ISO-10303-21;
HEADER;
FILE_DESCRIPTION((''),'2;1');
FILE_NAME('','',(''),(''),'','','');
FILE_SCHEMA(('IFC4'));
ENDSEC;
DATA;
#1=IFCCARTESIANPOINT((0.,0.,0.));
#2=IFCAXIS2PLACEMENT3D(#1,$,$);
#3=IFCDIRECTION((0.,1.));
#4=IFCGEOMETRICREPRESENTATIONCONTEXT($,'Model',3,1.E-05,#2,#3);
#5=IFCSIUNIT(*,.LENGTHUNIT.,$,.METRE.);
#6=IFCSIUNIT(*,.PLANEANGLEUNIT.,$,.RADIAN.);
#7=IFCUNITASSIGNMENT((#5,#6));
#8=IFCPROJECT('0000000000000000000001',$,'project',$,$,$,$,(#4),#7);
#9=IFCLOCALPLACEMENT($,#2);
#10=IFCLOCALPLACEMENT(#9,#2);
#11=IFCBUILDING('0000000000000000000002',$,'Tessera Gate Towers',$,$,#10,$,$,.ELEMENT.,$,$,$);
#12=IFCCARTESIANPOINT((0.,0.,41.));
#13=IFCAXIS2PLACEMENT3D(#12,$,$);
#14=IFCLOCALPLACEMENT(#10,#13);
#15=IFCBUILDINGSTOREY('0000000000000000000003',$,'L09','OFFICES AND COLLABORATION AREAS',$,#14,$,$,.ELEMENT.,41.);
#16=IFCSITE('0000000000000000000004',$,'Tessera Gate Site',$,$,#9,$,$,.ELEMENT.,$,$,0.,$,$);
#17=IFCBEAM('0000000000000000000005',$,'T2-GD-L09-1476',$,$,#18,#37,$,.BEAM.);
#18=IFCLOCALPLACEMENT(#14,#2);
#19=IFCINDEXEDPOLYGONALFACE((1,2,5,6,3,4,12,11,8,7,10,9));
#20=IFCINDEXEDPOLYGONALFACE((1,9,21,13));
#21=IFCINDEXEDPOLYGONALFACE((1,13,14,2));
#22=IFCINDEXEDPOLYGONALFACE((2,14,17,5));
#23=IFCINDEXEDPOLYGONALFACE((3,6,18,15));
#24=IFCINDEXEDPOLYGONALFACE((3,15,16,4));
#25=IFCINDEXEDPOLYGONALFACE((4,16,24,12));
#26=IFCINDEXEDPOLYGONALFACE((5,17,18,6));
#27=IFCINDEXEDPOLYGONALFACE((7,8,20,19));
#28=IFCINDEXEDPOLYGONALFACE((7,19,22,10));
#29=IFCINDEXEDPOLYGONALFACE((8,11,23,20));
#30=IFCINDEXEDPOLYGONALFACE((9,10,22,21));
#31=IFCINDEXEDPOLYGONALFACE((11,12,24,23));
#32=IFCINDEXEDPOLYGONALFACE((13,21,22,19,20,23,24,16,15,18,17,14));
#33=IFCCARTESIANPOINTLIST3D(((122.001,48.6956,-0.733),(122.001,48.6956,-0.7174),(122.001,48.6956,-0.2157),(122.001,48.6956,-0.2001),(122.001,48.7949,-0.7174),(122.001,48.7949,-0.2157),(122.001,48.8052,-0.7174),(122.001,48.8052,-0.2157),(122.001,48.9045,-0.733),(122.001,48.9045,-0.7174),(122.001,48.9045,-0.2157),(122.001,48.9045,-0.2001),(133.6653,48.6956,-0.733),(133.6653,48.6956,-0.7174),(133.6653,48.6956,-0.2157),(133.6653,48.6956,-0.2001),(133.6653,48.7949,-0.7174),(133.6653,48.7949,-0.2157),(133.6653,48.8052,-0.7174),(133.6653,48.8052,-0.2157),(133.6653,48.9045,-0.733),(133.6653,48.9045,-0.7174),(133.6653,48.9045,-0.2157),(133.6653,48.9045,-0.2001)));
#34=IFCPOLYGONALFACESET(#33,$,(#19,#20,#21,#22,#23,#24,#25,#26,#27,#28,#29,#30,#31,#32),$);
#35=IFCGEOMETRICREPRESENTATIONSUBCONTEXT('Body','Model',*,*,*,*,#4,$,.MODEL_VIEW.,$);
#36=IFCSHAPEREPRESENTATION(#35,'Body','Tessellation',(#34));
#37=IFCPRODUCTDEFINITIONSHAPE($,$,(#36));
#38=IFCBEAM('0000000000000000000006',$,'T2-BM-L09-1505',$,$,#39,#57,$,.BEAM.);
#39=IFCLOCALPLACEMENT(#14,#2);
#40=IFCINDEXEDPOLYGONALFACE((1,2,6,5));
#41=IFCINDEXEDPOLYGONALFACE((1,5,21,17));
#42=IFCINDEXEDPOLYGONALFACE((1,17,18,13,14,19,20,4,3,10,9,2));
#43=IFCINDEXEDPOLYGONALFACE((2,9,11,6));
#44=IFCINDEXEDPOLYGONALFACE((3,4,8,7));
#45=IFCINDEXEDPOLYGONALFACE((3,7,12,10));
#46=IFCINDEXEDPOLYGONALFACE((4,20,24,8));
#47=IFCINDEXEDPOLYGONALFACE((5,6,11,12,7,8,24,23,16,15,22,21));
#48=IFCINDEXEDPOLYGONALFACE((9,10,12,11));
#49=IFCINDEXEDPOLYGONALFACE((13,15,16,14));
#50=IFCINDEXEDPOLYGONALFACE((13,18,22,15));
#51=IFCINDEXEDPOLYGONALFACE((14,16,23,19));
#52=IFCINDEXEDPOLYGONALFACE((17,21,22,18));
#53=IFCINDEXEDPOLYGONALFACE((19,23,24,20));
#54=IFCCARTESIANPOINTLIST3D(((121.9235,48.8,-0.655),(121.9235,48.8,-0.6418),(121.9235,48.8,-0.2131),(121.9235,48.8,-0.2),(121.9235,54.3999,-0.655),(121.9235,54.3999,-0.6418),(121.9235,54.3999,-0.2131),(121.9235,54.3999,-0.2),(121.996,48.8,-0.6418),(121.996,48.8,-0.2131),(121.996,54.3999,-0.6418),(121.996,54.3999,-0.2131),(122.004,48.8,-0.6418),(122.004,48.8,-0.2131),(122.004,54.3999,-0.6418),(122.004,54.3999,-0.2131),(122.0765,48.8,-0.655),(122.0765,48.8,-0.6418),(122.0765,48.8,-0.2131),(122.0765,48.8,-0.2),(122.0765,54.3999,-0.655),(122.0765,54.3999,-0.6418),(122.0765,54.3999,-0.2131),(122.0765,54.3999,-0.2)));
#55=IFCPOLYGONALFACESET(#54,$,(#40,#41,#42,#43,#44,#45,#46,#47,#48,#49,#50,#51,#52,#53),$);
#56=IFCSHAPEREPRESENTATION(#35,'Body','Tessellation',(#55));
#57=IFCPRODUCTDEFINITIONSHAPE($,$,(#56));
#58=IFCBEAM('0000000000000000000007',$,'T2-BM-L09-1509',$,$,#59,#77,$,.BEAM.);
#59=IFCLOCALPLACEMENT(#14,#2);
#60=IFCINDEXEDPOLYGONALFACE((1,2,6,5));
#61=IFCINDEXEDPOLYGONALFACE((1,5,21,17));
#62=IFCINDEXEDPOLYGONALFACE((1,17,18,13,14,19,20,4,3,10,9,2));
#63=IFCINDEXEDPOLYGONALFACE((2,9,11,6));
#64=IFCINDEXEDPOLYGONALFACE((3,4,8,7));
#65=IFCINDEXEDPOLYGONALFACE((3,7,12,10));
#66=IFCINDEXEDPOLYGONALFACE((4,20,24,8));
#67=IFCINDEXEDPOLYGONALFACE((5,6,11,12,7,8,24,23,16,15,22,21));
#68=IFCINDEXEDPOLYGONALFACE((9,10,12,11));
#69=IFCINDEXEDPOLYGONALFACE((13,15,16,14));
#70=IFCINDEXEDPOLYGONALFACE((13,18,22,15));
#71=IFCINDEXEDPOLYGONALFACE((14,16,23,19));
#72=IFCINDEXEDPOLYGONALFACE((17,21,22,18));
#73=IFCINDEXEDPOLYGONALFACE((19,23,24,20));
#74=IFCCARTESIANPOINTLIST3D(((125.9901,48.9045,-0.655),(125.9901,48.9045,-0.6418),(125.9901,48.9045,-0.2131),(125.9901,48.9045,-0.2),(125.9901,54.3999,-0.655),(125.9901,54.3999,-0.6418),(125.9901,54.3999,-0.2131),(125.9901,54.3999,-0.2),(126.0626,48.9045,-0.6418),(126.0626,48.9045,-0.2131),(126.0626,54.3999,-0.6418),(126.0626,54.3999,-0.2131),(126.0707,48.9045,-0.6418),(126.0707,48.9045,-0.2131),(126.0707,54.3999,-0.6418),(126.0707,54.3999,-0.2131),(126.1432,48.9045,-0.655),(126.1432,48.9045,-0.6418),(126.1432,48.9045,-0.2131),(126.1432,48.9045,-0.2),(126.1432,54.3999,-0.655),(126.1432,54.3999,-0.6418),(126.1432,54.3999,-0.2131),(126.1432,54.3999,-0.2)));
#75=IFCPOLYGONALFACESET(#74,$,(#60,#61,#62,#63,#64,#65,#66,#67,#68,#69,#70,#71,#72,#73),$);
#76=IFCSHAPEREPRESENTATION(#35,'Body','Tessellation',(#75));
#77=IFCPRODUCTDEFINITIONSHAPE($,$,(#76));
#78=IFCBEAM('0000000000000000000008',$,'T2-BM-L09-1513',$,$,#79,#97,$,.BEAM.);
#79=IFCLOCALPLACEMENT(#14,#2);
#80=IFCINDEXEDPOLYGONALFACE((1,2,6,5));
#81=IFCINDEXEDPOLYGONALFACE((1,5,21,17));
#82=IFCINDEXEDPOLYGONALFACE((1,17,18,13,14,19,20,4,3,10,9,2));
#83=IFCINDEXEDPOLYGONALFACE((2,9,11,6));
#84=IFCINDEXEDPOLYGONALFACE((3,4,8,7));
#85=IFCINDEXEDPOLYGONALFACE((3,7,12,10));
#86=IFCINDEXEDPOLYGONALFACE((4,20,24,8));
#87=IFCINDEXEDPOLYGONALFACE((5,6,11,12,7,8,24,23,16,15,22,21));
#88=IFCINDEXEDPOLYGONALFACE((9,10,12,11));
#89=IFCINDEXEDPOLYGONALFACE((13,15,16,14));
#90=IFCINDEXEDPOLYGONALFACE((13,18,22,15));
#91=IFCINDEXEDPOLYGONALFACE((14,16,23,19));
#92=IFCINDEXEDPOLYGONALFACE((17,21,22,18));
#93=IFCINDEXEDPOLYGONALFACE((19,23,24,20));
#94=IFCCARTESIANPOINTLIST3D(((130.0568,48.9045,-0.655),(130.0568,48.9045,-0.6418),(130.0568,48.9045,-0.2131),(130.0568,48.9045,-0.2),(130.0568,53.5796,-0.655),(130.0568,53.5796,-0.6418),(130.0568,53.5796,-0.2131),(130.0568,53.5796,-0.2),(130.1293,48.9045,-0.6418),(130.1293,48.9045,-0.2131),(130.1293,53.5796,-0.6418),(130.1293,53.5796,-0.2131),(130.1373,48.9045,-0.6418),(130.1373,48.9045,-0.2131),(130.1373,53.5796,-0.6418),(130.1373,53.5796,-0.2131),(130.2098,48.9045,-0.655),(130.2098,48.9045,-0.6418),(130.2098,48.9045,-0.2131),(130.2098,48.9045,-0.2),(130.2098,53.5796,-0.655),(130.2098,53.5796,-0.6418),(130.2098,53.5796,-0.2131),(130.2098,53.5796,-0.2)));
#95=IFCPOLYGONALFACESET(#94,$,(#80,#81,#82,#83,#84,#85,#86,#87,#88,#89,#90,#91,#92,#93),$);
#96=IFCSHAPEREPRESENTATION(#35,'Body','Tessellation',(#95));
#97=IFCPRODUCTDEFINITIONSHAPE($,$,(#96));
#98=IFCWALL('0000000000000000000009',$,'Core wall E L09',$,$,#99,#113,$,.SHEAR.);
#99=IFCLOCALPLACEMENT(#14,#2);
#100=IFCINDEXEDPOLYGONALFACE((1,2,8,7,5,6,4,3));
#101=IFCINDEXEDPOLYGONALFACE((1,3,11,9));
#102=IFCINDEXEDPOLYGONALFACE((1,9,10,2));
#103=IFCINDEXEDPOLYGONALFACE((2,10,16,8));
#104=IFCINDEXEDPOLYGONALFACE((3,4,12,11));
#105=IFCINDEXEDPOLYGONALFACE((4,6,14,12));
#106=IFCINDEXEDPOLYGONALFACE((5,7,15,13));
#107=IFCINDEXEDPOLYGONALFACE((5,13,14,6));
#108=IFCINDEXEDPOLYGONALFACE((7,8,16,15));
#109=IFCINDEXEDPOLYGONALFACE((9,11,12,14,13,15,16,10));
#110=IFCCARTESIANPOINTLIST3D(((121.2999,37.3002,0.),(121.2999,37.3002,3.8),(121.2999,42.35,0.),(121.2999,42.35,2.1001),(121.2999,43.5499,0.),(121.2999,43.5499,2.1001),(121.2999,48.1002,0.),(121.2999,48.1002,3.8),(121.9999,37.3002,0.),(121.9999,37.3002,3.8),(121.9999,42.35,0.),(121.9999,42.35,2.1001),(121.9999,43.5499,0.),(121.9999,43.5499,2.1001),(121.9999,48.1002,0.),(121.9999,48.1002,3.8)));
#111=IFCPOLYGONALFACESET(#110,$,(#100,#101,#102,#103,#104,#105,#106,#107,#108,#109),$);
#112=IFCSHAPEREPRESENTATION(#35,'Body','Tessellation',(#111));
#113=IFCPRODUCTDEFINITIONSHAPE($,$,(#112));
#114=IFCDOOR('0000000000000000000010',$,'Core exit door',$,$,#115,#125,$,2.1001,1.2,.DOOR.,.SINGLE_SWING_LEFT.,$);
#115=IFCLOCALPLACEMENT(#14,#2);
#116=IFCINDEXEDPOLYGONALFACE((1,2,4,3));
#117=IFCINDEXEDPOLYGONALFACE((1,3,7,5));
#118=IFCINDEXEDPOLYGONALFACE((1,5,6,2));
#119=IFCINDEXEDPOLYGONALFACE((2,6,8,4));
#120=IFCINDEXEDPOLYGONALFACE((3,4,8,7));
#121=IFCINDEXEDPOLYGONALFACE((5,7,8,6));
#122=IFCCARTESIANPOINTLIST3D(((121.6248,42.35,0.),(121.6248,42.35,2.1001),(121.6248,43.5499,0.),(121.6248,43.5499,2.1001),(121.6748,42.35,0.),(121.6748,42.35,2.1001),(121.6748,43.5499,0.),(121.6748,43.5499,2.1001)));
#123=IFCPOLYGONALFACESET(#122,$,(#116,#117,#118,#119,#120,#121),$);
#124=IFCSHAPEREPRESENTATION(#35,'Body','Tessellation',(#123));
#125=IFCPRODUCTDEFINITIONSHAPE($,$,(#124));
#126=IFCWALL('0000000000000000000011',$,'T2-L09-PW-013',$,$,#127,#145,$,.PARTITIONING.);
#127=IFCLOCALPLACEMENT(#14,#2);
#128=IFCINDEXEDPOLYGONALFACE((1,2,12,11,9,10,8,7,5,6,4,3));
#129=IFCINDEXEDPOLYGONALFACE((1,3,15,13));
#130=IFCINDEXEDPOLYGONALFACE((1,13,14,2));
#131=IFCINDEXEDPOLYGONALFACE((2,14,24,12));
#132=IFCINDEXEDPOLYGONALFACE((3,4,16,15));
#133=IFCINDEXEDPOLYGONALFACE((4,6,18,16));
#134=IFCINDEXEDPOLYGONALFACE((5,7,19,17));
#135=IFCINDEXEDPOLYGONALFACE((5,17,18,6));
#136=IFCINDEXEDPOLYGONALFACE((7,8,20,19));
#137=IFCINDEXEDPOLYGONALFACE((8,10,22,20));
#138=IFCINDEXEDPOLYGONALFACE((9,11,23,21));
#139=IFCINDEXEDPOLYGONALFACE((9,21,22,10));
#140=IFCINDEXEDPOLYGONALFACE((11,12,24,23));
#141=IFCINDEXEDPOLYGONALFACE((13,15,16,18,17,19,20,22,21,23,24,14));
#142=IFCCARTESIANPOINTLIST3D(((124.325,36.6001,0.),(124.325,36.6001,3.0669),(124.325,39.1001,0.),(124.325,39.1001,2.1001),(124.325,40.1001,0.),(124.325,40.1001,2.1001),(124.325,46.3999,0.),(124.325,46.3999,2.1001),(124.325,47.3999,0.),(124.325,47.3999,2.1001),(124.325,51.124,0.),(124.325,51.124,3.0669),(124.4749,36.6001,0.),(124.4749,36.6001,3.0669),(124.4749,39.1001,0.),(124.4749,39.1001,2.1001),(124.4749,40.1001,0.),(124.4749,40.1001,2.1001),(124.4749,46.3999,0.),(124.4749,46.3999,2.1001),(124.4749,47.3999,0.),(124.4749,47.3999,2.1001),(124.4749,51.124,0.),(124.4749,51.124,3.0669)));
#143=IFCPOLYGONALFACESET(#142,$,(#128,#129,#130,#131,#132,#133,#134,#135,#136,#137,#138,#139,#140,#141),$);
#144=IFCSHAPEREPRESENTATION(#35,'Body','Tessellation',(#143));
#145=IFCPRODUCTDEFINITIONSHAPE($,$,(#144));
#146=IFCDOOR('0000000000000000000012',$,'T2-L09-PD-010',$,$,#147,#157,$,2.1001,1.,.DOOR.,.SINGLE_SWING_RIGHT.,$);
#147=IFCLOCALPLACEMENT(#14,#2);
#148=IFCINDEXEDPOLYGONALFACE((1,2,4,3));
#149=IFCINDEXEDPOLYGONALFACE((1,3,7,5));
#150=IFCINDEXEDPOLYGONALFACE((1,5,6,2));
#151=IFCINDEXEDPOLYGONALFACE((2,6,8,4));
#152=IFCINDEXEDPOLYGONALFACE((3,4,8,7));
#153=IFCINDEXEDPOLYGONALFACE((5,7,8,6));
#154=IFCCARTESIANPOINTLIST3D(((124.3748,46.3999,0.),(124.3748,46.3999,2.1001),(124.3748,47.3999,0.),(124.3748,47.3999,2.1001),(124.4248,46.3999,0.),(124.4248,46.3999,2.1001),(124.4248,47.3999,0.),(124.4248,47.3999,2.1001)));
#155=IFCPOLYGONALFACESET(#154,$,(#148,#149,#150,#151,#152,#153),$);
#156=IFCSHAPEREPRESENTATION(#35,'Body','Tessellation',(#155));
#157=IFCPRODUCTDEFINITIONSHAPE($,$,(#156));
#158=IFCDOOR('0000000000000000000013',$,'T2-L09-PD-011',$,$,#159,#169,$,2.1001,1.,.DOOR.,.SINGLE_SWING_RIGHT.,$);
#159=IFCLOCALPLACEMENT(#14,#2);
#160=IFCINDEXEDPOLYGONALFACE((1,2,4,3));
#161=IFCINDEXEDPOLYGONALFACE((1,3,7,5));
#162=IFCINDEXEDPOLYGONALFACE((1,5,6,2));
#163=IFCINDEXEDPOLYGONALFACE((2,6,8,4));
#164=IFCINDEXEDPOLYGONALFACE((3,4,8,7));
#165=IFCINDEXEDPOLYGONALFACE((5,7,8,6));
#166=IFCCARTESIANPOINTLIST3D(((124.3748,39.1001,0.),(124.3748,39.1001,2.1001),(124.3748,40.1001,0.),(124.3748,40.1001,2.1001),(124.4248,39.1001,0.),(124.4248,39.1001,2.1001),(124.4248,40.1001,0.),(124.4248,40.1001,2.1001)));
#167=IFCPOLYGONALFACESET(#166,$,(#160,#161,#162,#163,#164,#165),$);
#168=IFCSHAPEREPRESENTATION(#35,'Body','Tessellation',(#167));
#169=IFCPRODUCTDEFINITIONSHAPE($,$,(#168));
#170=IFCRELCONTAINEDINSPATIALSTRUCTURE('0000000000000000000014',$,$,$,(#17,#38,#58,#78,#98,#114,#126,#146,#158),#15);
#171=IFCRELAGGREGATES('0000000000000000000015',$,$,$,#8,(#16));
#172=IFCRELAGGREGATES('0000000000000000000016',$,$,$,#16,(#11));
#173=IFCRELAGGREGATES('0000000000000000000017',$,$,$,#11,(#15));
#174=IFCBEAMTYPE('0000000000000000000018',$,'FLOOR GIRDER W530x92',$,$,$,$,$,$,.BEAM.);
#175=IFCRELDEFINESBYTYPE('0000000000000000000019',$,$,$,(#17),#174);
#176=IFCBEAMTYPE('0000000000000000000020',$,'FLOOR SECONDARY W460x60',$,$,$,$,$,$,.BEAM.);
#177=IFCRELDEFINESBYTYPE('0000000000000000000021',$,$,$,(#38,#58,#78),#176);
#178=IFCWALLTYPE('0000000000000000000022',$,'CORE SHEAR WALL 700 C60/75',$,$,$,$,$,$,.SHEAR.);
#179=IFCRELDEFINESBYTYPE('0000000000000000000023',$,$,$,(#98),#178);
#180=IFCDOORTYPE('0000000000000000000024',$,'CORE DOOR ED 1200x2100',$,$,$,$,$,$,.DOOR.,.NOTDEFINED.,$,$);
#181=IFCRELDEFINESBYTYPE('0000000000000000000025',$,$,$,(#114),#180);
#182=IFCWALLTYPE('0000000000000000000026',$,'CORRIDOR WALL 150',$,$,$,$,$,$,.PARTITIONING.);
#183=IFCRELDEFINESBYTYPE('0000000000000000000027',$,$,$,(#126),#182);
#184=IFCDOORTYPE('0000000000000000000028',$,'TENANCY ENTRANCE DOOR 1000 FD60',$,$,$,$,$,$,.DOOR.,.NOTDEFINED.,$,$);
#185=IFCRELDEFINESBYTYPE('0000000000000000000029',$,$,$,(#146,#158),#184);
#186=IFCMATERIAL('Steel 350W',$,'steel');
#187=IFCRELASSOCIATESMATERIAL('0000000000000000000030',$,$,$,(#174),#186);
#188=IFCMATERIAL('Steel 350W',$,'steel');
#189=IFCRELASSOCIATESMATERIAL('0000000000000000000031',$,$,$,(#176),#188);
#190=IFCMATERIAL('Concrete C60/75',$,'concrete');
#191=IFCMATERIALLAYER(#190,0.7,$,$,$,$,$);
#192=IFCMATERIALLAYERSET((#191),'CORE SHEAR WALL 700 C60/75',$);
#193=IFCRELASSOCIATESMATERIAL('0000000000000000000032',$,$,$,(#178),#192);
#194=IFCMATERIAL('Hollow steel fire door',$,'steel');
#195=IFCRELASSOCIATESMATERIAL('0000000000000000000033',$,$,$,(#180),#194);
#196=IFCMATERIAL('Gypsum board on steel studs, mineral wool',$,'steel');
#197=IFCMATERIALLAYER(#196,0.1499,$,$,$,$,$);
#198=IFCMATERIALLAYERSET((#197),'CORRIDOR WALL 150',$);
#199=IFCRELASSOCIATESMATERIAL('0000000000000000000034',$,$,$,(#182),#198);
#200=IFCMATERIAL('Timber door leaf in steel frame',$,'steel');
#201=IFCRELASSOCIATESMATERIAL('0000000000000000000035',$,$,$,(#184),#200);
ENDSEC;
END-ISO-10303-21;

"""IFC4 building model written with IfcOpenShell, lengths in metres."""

from ifc_helpers import new_model, si_unit, direction, frame, frame_2d, origin, origin_2d, place, context, subcontext, project, spatial, rectangle, i_section, extrude, source, transform, mapped, material, layer, layer_set, material_profile, profile_set, type_object, element, fill, save


model = new_model("IFC4")

# Units and contexts
model_context = context("Model", 3, precision=1e-05, world=origin(), true_north=direction((0.0, 1.0)))
body_context = subcontext(model_context, "Body", "Model", "MODEL_VIEW")
ifc_project = project(units=[si_unit("LENGTHUNIT", "METRE"), si_unit("PLANEANGLEUNIT", "RADIAN")], contexts=[model_context])

# Site, building, storey
site_placement = place(None, origin())
site = spatial("IfcSite", under=ifc_project, at=site_placement, Name="Tessera Gate Site", CompositionType="ELEMENT", RefElevation=0.0)
building_placement = place(site_placement, origin())
building = spatial("IfcBuilding", under=site, at=building_placement, Name="Tessera Gate Towers", CompositionType="ELEMENT")
storey_placement = place(building_placement, frame((0.0, 0.0, 41.0)))
storey = spatial("IfcBuildingStorey", under=building, at=storey_placement, Name="L09", Description="OFFICES AND COLLABORATION AREAS", CompositionType="ELEMENT", Elevation=41.0)

# Beams
ifc_material_1 = material(Name="Steel 350W", Category="steel")
ifc_material_profile_1 = material_profile(ifc_material_1, i_section(OverallWidth=0.209, OverallDepth=0.533, WebThickness=0.0103, FlangeThickness=0.0156, at=origin_2d()), Name="W530x92")
ifc_profile_set_1 = profile_set([ifc_material_profile_1], Name="Steel 350W")
beam_type_1 = type_object("IfcBeamType", Name="FLOOR GIRDER W530x92", PredefinedType="BEAM", material=ifc_profile_set_1)
beam_1_placement = place(storey_placement, frame((122.001, 48.8, -0.4666), z_axis=(1.0, 0.0, 0.0), x_axis=(0.0, 1.0, 0.0)))
element("IfcBeam", 1, at=beam_1_placement, inside=storey, type_object=beam_type_1, Name="T2-GD-L09-1476", PredefinedType="BEAM", context=body_context, shape_type="SweptSolid", body=[
    extrude(i_section(OverallWidth=0.209, OverallDepth=0.533, WebThickness=0.0103, FlangeThickness=0.0156, at=origin_2d()), origin(), (0.0, 0.0, 1.0), 11.6643),
])
ifc_material_2 = material(Name="Steel 350W", Category="steel")
ifc_material_profile_2 = material_profile(ifc_material_2, i_section(OverallWidth=0.1531, OverallDepth=0.4551, WebThickness=0.0081, FlangeThickness=0.0132, at=origin_2d()), Name="W460x60")
ifc_profile_set_2 = profile_set([ifc_material_profile_2], Name="Steel 350W")
beam_type_2 = type_object("IfcBeamType", Name="FLOOR SECONDARY W460x60", PredefinedType="BEAM", material=ifc_profile_set_2)
beam_2_placement = place(storey_placement, frame((122.0, 48.8, -0.4275), z_axis=(0.0, 1.0, 0.0), x_axis=(-1.0, 0.0, 0.0)))
element("IfcBeam", 2, at=beam_2_placement, inside=storey, type_object=beam_type_2, Name="T2-BM-L09-1505", PredefinedType="BEAM", context=body_context, shape_type="SweptSolid", body=[
    extrude(i_section(OverallWidth=0.1531, OverallDepth=0.4551, WebThickness=0.0081, FlangeThickness=0.0132, at=origin_2d()), origin(), (0.0, 0.0, 1.0), 5.5999),
])
beam_3_placement = place(storey_placement, frame((126.0667, 48.9045, -0.4275), z_axis=(0.0, 1.0, 0.0), x_axis=(-1.0, 0.0, 0.0)))
element("IfcBeam", 3, at=beam_3_placement, inside=storey, type_object=beam_type_2, Name="T2-BM-L09-1509", PredefinedType="BEAM", context=body_context, shape_type="SweptSolid", body=[
    extrude(i_section(OverallWidth=0.1531, OverallDepth=0.4551, WebThickness=0.0081, FlangeThickness=0.0132, at=origin_2d()), origin(), (0.0, 0.0, 1.0), 5.4954),
])
beam_4_placement = place(storey_placement, frame((130.1333, 48.9045, -0.4275), z_axis=(0.0, 1.0, 0.0), x_axis=(-1.0, 0.0, 0.0)))
element("IfcBeam", 4, at=beam_4_placement, inside=storey, type_object=beam_type_2, Name="T2-BM-L09-1513", PredefinedType="BEAM", context=body_context, shape_type="SweptSolid", body=[
    extrude(i_section(OverallWidth=0.1531, OverallDepth=0.4551, WebThickness=0.0081, FlangeThickness=0.0132, at=origin_2d()), origin(), (0.0, 0.0, 1.0), 4.675),
])

# Wall, opening, door
ifc_material_3 = material(Name="Concrete C60/75", Category="concrete")
ifc_layer_1 = layer(ifc_material_3, 0.7)
ifc_layer_set_1 = layer_set([ifc_layer_1], Name="CORE SHEAR WALL 700 C60/75")
wall_type_1 = type_object("IfcWallType", Name="CORE SHEAR WALL 700 C60/75", PredefinedType="SHEAR", material=ifc_layer_set_1)
wall_1_placement = place(storey_placement, frame((121.6499, 48.1001, 0.0), z_axis=(0.0, 0.0, 1.0), x_axis=(0.0, -1.0, 0.0)))
wall_1 = element("IfcWall", 5, at=wall_1_placement, inside=storey, type_object=wall_type_1, Name="Core wall E L09", PredefinedType="SHEAR", context=body_context, shape_type="SweptSolid", body=[
    extrude(rectangle(XDim=10.8, YDim=0.7, at=frame_2d((5.3999, 0.0))), origin(), (0.0, 0.0, 1.0), 3.8),
])
shared_shape_1 = source(origin(), body_context, "Body", "SweptSolid", [
    extrude(rectangle(XDim=1.2, YDim=2.1001, at=frame_2d((0.6001, 1.05))), frame((0.0, 0.3599, 0.0), z_axis=(0.0, -1.0, 0.0), x_axis=(1.0, 0.0, 0.0)), (0.0, 0.0, 1.0), 0.72),
])
opening_1_placement = place(wall_1_placement, frame((4.55, 0.0, 0.0)))
opening_1 = element("IfcOpeningElement", 6, at=opening_1_placement, cuts=wall_1, PredefinedType="OPENING", context=body_context, shape_type="MappedRepresentation", body=[
    mapped(shared_shape_1, transform((0.0, 0.0, 0.0), scale=1.0)),
])
ifc_material_4 = material(Name="Hollow steel fire door", Category="steel")
door_type_1 = type_object("IfcDoorType", Name="CORE DOOR ED 1200x2100", OperationType="NOTDEFINED", PredefinedType="DOOR", material=ifc_material_4)
shared_shape_2 = source(origin(), body_context, "Body", "SweptSolid", [
    extrude(rectangle(XDim=1.2, YDim=2.1001, at=frame_2d((0.6001, 1.05))), frame((0.0, 0.0249, 0.0), z_axis=(0.0, -1.0, 0.0), x_axis=(1.0, 0.0, 0.0)), (0.0, 0.0, 1.0), 0.05),
])
door_1_placement = place(opening_1_placement, origin())
door_1 = element("IfcDoor", 7, at=door_1_placement, inside=storey, type_object=door_type_1, Name="Core exit door", OperationType="SINGLE_SWING_LEFT", OverallHeight=2.1001, OverallWidth=1.2, PredefinedType="DOOR", context=body_context, shape_type="MappedRepresentation", body=[
    mapped(shared_shape_2, transform((0.0, 0.0, 0.0), scale=1.0)),
])
fill(opening_1, door_1)

# Wall, openings, doors
ifc_material_5 = material(Name="Gypsum board on steel studs, mineral wool", Category="steel")
ifc_layer_2 = layer(ifc_material_5, 0.1499)
ifc_layer_set_2 = layer_set([ifc_layer_2], Name="CORRIDOR WALL 150")
wall_type_2 = type_object("IfcWallType", Name="CORRIDOR WALL 150", PredefinedType="PARTITIONING", material=ifc_layer_set_2)
wall_2_placement = place(storey_placement, frame((124.3999, 51.124, 0.0), z_axis=(0.0, 0.0, 1.0), x_axis=(0.0, -1.0, 0.0)))
wall_2 = element("IfcWall", 8, at=wall_2_placement, inside=storey, type_object=wall_type_2, Name="T2-L09-PW-013", PredefinedType="PARTITIONING", context=body_context, shape_type="SweptSolid", body=[
    extrude(rectangle(XDim=14.5239, YDim=0.1499, at=frame_2d((7.262, 0.0))), origin(), (0.0, 0.0, 1.0), 3.0669),
])
shared_shape_3 = source(origin(), body_context, "Body", "SweptSolid", [
    extrude(rectangle(XDim=1.0, YDim=2.1001, at=frame_2d((0.5, 1.05))), frame((0.0, 0.085, 0.0), z_axis=(0.0, -1.0, 0.0), x_axis=(1.0, 0.0, 0.0)), (0.0, 0.0, 1.0), 0.1699),
])
opening_2_placement = place(wall_2_placement, frame((3.7241, 0.0, 0.0)))
opening_2 = element("IfcOpeningElement", 9, at=opening_2_placement, cuts=wall_2, PredefinedType="OPENING", context=body_context, shape_type="MappedRepresentation", body=[
    mapped(shared_shape_3, transform((0.0, 0.0, 0.0), scale=1.0)),
])
opening_3_placement = place(wall_2_placement, frame((11.0239, 0.0, 0.0)))
opening_3 = element("IfcOpeningElement", 10, at=opening_3_placement, cuts=wall_2, PredefinedType="OPENING", context=body_context, shape_type="MappedRepresentation", body=[
    mapped(shared_shape_3, transform((0.0, 0.0, 0.0), scale=1.0)),
])
ifc_material_6 = material(Name="Timber door leaf in steel frame", Category="steel")
door_type_2 = type_object("IfcDoorType", Name="TENANCY ENTRANCE DOOR 1000 FD60", OperationType="NOTDEFINED", PredefinedType="DOOR", material=ifc_material_6)
shared_shape_4 = source(origin(), body_context, "Body", "SweptSolid", [
    extrude(rectangle(XDim=1.0, YDim=2.1001, at=frame_2d((0.5, 1.05))), frame((0.0, 0.0249, 0.0), z_axis=(0.0, -1.0, 0.0), x_axis=(1.0, 0.0, 0.0)), (0.0, 0.0, 1.0), 0.05),
])
door_2_placement = place(opening_2_placement, origin())
door_2 = element("IfcDoor", 11, at=door_2_placement, inside=storey, type_object=door_type_2, Name="T2-L09-PD-010", OperationType="SINGLE_SWING_RIGHT", OverallHeight=2.1001, OverallWidth=1.0, PredefinedType="DOOR", context=body_context, shape_type="MappedRepresentation", body=[
    mapped(shared_shape_4, transform((0.0, 0.0, 0.0), scale=1.0)),
])
fill(opening_2, door_2)
door_3_placement = place(opening_3_placement, origin())
door_3 = element("IfcDoor", 12, at=door_3_placement, inside=storey, type_object=door_type_2, Name="T2-L09-PD-011", OperationType="SINGLE_SWING_RIGHT", OverallHeight=2.1001, OverallWidth=1.0, PredefinedType="DOOR", context=body_context, shape_type="MappedRepresentation", body=[
    mapped(shared_shape_4, transform((0.0, 0.0, 0.0), scale=1.0)),
])
fill(opening_3, door_3)

save(model, "model.ifc")
